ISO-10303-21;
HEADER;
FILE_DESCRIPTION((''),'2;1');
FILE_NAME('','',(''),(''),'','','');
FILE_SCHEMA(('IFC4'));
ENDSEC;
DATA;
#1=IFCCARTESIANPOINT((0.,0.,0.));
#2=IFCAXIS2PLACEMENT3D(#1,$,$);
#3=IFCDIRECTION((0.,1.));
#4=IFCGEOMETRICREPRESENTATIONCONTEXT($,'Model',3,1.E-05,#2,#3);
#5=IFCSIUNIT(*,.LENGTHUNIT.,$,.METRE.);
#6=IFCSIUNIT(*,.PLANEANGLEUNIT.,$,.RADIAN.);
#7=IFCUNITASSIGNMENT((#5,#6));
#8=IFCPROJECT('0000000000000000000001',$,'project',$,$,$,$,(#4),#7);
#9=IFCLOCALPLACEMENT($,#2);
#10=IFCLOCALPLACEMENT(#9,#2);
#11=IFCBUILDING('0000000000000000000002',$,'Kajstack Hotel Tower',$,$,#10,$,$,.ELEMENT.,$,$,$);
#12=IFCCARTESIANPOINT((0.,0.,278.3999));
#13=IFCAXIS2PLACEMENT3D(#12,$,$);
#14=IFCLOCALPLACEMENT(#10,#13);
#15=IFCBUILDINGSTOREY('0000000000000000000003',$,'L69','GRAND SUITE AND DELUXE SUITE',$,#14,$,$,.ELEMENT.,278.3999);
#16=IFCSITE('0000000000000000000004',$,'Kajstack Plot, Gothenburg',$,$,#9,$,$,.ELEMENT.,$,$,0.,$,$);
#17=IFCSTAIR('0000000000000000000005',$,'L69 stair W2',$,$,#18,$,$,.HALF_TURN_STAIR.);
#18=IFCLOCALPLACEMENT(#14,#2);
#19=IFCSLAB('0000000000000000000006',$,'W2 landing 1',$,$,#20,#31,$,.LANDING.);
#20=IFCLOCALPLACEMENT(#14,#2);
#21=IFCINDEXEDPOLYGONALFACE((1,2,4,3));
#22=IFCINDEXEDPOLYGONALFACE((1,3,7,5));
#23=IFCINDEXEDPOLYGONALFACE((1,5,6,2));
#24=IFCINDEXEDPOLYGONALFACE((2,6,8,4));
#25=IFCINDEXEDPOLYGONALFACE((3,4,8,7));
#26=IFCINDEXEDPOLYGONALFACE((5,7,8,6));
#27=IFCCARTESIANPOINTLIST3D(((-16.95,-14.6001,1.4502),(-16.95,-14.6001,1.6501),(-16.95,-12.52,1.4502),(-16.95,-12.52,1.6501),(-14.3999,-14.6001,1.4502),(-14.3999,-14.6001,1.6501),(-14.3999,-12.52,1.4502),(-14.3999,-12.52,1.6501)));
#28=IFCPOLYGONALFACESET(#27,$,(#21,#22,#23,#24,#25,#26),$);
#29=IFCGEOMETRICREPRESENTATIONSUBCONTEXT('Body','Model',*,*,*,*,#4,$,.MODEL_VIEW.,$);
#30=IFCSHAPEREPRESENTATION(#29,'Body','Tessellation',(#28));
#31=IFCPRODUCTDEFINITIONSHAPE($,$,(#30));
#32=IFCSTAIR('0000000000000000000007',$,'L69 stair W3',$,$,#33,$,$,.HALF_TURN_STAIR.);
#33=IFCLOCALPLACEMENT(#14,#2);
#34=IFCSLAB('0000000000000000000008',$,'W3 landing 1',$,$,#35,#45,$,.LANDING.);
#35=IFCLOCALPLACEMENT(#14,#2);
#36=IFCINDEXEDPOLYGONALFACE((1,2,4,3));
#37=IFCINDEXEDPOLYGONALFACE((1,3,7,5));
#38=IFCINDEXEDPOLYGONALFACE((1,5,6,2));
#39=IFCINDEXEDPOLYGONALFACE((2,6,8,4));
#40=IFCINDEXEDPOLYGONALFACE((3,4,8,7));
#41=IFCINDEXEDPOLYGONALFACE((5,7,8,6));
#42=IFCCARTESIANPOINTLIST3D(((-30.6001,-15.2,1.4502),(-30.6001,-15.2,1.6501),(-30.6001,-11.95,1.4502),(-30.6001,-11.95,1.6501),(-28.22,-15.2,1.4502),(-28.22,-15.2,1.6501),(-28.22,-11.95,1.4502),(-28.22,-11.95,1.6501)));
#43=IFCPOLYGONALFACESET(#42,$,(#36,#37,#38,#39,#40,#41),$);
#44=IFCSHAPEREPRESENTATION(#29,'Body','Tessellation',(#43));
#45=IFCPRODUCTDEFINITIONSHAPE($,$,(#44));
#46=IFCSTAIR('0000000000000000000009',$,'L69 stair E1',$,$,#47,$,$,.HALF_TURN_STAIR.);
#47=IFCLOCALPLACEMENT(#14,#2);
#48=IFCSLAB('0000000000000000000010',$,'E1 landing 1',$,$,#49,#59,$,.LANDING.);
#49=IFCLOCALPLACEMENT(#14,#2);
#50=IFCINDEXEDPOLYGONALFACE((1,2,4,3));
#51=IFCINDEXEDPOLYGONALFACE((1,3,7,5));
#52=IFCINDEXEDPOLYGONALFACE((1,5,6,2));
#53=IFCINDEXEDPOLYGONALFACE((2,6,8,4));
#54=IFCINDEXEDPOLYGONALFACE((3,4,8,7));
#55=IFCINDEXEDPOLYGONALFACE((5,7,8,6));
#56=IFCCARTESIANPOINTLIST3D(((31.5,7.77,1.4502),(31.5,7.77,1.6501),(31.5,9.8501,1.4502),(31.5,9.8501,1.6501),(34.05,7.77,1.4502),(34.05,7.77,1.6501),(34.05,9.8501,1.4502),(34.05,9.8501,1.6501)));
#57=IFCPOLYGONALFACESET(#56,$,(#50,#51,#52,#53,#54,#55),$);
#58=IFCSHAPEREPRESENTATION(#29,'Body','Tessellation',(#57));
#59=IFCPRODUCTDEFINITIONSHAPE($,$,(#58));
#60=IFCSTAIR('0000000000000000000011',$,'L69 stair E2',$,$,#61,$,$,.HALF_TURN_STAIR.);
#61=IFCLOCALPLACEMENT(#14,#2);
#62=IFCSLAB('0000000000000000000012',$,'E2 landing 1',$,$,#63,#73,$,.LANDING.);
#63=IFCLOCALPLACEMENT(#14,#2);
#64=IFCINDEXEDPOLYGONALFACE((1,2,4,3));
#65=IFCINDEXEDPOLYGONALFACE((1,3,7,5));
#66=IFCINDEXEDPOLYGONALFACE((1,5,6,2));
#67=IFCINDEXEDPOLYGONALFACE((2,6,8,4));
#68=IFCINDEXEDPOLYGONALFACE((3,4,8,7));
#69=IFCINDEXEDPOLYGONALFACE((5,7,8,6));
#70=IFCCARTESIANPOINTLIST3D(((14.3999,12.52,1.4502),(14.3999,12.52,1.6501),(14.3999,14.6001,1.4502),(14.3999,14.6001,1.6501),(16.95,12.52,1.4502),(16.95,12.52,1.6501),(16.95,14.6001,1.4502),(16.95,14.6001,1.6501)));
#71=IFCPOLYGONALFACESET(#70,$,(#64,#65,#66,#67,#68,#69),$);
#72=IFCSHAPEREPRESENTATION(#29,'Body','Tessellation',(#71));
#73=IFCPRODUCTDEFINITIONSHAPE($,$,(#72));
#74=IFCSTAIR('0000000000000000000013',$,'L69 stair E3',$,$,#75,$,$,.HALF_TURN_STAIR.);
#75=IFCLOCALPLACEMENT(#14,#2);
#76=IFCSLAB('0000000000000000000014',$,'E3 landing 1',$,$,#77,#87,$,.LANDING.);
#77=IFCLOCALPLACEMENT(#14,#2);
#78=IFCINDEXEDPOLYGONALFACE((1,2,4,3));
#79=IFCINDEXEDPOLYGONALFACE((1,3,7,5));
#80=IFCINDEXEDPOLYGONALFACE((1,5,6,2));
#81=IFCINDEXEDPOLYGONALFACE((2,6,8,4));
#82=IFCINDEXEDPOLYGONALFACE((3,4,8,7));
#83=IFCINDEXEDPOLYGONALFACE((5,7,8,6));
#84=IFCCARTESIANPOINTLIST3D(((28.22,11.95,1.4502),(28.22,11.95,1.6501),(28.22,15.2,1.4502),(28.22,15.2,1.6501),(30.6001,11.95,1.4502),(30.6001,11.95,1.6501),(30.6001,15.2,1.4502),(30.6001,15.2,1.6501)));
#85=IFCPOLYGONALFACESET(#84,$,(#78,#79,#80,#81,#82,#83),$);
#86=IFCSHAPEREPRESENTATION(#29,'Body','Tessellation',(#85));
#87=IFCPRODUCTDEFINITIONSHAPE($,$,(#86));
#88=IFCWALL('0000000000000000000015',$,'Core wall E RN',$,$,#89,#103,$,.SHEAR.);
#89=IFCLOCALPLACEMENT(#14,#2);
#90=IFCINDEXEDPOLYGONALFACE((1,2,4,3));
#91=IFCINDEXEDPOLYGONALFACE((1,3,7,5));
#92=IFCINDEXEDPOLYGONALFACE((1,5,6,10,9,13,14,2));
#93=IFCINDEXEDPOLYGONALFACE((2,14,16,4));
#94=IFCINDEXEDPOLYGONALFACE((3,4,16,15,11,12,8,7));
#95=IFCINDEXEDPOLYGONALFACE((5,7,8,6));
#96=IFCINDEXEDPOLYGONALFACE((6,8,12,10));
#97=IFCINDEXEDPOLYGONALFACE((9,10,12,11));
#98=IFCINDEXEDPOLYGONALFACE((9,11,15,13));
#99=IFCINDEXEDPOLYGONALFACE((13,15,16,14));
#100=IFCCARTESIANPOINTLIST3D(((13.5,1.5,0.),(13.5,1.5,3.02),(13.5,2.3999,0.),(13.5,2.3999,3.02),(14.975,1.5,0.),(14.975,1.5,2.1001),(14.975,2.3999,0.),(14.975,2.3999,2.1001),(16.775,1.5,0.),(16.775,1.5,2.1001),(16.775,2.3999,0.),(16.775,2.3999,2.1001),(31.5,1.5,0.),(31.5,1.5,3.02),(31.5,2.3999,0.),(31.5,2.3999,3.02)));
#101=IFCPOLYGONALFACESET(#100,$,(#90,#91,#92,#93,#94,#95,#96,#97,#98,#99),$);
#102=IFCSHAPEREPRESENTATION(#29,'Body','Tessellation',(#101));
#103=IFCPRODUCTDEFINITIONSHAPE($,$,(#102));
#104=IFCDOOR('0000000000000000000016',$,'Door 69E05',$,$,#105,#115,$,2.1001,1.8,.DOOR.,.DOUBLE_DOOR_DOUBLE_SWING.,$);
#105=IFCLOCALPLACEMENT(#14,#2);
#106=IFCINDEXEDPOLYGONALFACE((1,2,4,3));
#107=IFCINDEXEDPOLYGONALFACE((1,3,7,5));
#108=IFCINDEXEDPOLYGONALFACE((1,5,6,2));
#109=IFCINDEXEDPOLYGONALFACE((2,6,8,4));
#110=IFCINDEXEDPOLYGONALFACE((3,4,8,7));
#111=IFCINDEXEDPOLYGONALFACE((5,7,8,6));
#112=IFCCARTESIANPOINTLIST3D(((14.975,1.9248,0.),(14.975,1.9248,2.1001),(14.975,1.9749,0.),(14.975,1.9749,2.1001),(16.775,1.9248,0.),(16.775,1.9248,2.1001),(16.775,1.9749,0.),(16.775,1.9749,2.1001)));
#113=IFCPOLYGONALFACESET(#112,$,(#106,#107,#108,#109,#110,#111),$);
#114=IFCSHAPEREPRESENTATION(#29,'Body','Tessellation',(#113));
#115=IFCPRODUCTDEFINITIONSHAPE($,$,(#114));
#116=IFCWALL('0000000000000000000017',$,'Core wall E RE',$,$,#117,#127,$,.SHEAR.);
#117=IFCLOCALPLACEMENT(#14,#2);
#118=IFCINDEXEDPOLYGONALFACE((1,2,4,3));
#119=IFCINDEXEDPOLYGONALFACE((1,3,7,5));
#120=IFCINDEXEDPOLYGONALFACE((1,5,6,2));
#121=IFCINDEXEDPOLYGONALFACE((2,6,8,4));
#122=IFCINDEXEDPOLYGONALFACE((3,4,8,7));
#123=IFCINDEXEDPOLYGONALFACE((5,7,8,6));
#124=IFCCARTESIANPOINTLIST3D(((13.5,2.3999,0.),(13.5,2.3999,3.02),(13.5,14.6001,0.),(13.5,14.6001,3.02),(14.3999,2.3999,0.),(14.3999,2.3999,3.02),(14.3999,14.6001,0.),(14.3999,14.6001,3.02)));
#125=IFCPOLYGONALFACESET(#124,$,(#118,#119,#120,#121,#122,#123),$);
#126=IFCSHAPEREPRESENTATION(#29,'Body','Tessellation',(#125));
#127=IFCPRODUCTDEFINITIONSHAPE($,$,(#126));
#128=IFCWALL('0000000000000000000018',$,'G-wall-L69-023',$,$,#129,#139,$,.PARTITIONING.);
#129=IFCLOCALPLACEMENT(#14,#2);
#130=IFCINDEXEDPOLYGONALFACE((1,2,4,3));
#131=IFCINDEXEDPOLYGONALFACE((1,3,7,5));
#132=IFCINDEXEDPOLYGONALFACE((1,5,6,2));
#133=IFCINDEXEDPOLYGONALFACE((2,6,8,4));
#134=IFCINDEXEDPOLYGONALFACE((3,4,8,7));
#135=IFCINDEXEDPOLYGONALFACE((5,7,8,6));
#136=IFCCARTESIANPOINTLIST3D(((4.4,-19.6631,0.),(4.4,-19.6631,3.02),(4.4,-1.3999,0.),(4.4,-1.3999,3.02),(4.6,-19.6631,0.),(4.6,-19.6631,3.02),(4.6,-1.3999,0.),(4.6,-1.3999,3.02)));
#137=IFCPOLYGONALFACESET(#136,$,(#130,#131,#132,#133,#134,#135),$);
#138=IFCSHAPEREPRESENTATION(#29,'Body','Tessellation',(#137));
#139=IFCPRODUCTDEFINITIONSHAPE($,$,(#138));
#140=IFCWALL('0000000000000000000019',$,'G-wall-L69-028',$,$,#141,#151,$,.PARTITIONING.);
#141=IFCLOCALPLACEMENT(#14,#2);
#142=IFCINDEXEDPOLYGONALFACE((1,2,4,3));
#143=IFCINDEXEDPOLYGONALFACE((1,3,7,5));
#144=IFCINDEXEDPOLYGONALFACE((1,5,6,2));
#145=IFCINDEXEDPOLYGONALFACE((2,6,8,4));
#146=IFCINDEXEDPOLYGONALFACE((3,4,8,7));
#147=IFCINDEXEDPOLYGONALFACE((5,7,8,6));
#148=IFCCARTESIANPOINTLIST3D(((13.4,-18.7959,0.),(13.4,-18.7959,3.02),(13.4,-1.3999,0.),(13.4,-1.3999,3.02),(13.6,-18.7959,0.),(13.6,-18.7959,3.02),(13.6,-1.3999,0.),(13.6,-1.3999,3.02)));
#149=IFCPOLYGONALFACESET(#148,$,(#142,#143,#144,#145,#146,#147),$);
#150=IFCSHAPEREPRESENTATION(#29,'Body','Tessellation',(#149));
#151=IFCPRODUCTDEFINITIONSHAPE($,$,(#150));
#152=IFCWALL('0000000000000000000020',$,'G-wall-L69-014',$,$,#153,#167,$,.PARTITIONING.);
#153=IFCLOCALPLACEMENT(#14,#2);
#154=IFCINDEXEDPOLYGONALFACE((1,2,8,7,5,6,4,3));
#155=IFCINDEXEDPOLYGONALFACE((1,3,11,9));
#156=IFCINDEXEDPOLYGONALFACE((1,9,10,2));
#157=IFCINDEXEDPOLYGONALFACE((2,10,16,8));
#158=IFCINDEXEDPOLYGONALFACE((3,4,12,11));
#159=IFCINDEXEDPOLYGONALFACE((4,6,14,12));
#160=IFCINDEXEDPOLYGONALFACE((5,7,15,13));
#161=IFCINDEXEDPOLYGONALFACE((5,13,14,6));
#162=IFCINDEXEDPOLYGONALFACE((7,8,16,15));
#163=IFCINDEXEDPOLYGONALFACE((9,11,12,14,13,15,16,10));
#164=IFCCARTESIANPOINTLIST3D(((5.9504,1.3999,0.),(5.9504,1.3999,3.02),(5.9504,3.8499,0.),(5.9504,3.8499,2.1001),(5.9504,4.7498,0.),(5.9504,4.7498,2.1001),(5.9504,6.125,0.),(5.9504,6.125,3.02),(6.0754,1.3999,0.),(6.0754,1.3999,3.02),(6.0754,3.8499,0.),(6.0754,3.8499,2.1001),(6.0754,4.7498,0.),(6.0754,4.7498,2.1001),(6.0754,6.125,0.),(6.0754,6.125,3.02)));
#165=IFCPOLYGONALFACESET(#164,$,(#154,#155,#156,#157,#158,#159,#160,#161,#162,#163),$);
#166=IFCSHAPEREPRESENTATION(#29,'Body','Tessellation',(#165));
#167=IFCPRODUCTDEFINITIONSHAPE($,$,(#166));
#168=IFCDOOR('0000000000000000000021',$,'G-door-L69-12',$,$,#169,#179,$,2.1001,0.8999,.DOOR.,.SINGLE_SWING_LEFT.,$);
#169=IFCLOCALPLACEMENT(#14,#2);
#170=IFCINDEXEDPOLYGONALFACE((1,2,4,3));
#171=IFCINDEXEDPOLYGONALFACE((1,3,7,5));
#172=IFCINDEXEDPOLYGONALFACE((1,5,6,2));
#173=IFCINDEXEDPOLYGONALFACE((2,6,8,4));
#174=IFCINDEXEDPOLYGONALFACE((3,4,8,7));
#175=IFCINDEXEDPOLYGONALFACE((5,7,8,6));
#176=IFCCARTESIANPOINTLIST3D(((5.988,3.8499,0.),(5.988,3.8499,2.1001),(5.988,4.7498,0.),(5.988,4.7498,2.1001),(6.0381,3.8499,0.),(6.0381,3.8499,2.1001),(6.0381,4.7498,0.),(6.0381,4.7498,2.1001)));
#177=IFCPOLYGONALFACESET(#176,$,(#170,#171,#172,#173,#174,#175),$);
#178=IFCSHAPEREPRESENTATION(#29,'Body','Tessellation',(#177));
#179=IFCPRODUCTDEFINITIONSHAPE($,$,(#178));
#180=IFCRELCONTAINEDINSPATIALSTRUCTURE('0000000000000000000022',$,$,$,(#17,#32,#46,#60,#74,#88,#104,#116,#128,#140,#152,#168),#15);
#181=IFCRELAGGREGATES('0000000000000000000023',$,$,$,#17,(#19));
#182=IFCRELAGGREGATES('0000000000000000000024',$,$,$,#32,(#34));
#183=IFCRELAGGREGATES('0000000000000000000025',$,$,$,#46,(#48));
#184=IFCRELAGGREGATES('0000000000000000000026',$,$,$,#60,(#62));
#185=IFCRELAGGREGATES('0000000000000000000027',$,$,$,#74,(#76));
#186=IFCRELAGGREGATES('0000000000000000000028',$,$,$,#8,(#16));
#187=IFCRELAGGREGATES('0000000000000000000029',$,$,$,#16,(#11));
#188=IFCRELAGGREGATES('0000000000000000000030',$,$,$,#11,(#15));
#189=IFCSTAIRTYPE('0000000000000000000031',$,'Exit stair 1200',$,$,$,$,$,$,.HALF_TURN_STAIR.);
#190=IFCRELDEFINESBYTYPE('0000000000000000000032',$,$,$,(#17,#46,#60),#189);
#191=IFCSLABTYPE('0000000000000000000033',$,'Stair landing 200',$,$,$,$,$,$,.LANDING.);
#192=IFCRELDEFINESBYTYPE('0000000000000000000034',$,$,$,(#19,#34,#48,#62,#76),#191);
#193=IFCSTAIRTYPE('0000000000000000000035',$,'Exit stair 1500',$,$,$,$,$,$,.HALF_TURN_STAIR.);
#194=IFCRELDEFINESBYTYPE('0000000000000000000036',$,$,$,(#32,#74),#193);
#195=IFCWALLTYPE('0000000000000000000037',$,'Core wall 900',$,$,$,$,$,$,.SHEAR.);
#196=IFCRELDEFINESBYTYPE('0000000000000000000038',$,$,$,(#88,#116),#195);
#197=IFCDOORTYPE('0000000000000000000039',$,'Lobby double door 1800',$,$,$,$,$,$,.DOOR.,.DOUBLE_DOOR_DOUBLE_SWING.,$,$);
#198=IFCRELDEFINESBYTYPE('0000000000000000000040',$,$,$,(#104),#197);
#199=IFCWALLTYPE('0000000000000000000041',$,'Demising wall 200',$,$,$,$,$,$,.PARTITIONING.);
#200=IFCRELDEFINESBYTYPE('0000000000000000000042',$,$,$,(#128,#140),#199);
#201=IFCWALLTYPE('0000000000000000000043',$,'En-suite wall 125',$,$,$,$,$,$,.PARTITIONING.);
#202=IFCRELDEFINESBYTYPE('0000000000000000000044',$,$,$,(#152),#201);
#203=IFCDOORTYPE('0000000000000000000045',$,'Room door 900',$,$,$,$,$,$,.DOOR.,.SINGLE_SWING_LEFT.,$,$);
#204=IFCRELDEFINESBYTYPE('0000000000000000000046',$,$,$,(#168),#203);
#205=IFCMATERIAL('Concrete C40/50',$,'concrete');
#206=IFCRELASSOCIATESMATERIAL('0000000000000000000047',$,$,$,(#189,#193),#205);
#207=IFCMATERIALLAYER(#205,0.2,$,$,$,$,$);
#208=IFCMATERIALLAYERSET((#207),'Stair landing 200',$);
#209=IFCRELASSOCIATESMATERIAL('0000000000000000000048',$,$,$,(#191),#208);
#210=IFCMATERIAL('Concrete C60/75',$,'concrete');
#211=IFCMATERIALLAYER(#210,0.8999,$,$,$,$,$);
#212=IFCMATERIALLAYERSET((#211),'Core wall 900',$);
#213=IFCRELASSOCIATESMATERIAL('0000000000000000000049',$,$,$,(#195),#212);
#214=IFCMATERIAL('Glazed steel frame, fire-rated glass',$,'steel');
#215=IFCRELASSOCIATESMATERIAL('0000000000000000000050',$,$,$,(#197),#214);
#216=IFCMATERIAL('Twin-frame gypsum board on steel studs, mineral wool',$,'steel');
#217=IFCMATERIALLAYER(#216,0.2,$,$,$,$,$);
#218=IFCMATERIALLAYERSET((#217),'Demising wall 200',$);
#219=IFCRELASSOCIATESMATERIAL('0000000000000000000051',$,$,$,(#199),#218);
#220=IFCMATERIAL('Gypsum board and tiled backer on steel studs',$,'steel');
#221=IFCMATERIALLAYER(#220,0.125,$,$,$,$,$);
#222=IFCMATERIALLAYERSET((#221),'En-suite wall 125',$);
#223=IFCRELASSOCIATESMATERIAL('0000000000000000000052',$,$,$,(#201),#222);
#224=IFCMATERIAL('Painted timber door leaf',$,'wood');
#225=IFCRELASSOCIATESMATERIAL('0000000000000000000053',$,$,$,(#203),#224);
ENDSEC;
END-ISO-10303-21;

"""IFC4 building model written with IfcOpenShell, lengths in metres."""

from ifc_helpers import new_model, si_unit, direction, frame, frame_2d, origin, place, context, subcontext, project, spatial, polyline, rectangle, outline, extrude, material, layer, layer_set, type_object, element, fill, aggregate, save


model = new_model("IFC4")

# Units and contexts
model_context = context("Model", 3, precision=1e-05, world=origin(), true_north=direction((0.0, 1.0)))
body_context = subcontext(model_context, "Body", "Model", "MODEL_VIEW")
ifc_project = project(units=[si_unit("LENGTHUNIT", "METRE"), si_unit("PLANEANGLEUNIT", "RADIAN")], contexts=[model_context])

# Site, building, storey
site_placement = place(None, origin())
site = spatial("IfcSite", under=ifc_project, at=site_placement, Name="Kajstack Plot, Gothenburg", CompositionType="ELEMENT", RefElevation=0.0)
building_placement = place(site_placement, origin())
building = spatial("IfcBuilding", under=site, at=building_placement, Name="Kajstack Hotel Tower", CompositionType="ELEMENT")
storey_placement = place(building_placement, frame((0.0, 0.0, 278.3999)))
storey = spatial("IfcBuildingStorey", under=building, at=storey_placement, Name="L69", Description="GRAND SUITE AND DELUXE SUITE", CompositionType="ELEMENT", Elevation=278.3999)

# Stairs, slabs
ifc_material_1 = material(Name="Concrete C40/50", Category="concrete")
stair_type_1 = type_object("IfcStairType", Name="Exit stair 1200", PredefinedType="HALF_TURN_STAIR", material=ifc_material_1)
stair_1_placement = place(storey_placement, origin())
stair_1 = element("IfcStair", 1, at=stair_1_placement, inside=storey, type_object=stair_type_1, Name="L69 stair W2", PredefinedType="HALF_TURN_STAIR")
ifc_layer_1 = layer(ifc_material_1, 0.2)
ifc_layer_set_1 = layer_set([ifc_layer_1], Name="Stair landing 200")
slab_type = type_object("IfcSlabType", Name="Stair landing 200", PredefinedType="LANDING", material=ifc_layer_set_1)
slab_1_placement = place(storey_placement, frame((0.0, 0.0, 1.4502)))
slab_1 = element("IfcSlab", 2, at=slab_1_placement, type_object=slab_type, Name="W2 landing 1", PredefinedType="LANDING", context=body_context, shape_type="SweptSolid", body=[
    extrude(outline(polyline([(-16.95, -12.52), (-16.95, -14.6001), (-14.3999, -14.6001), (-14.3999, -12.52), (-16.95, -12.52)])), origin(), (0.0, 0.0, 1.0), 0.2),
])
aggregate(stair_1, [slab_1])
stair_type_2 = type_object("IfcStairType", Name="Exit stair 1500", PredefinedType="HALF_TURN_STAIR", material=ifc_material_1)
stair_2_placement = place(storey_placement, origin())
stair_2 = element("IfcStair", 3, at=stair_2_placement, inside=storey, type_object=stair_type_2, Name="L69 stair W3", PredefinedType="HALF_TURN_STAIR")
slab_2_placement = place(storey_placement, frame((0.0, 0.0, 1.4502)))
slab_2 = element("IfcSlab", 4, at=slab_2_placement, type_object=slab_type, Name="W3 landing 1", PredefinedType="LANDING", context=body_context, shape_type="SweptSolid", body=[
    extrude(outline(polyline([(-28.22, -11.95), (-30.6001, -11.95), (-30.6001, -15.2), (-28.22, -15.2), (-28.22, -11.95)])), origin(), (0.0, 0.0, 1.0), 0.2),
])
aggregate(stair_2, [slab_2])
stair_3_placement = place(storey_placement, origin())
stair_3 = element("IfcStair", 5, at=stair_3_placement, inside=storey, type_object=stair_type_1, Name="L69 stair E1", PredefinedType="HALF_TURN_STAIR")
slab_3_placement = place(storey_placement, frame((0.0, 0.0, 1.4502)))
slab_3 = element("IfcSlab", 6, at=slab_3_placement, type_object=slab_type, Name="E1 landing 1", PredefinedType="LANDING", context=body_context, shape_type="SweptSolid", body=[
    extrude(outline(polyline([(34.05, 7.77), (34.05, 9.8501), (31.5, 9.8501), (31.5, 7.77), (34.05, 7.77)])), origin(), (0.0, 0.0, 1.0), 0.2),
])
aggregate(stair_3, [slab_3])
stair_4_placement = place(storey_placement, origin())
stair_4 = element("IfcStair", 7, at=stair_4_placement, inside=storey, type_object=stair_type_1, Name="L69 stair E2", PredefinedType="HALF_TURN_STAIR")
slab_4_placement = place(storey_placement, frame((0.0, 0.0, 1.4502)))
slab_4 = element("IfcSlab", 8, at=slab_4_placement, type_object=slab_type, Name="E2 landing 1", PredefinedType="LANDING", context=body_context, shape_type="SweptSolid", body=[
    extrude(outline(polyline([(16.95, 12.52), (16.95, 14.6001), (14.3999, 14.6001), (14.3999, 12.52), (16.95, 12.52)])), origin(), (0.0, 0.0, 1.0), 0.2),
])
aggregate(stair_4, [slab_4])
stair_5_placement = place(storey_placement, origin())
stair_5 = element("IfcStair", 9, at=stair_5_placement, inside=storey, type_object=stair_type_2, Name="L69 stair E3", PredefinedType="HALF_TURN_STAIR")
slab_5_placement = place(storey_placement, frame((0.0, 0.0, 1.4502)))
slab_5 = element("IfcSlab", 10, at=slab_5_placement, type_object=slab_type, Name="E3 landing 1", PredefinedType="LANDING", context=body_context, shape_type="SweptSolid", body=[
    extrude(outline(polyline([(28.22, 11.95), (30.6001, 11.95), (30.6001, 15.2), (28.22, 15.2), (28.22, 11.95)])), origin(), (0.0, 0.0, 1.0), 0.2),
])
aggregate(stair_5, [slab_5])

# Wall, opening, door
ifc_material_2 = material(Name="Concrete C60/75", Category="concrete")
ifc_layer_2 = layer(ifc_material_2, 0.8999)
ifc_layer_set_2 = layer_set([ifc_layer_2], Name="Core wall 900")
wall_type_1 = type_object("IfcWallType", Name="Core wall 900", PredefinedType="SHEAR", material=ifc_layer_set_2)
wall_1_placement = place(storey_placement, frame((13.5, 1.95, 0.0), z_axis=(0.0, 0.0, 1.0), x_axis=(1.0, 0.0, 0.0)))
wall_1 = element("IfcWall", 11, at=wall_1_placement, inside=storey, type_object=wall_type_1, Name="Core wall E RN", PredefinedType="SHEAR", context=body_context, shape_type="SweptSolid", body=[
    extrude(rectangle(XDim=18.0, YDim=0.8999, at=frame_2d((9.0, 0.0))), origin(), (0.0, 0.0, 1.0), 3.02),
])
opening_1_placement = place(wall_1_placement, frame((1.4751, 0.0, 0.0)))
opening_1 = element("IfcOpeningElement", 12, at=opening_1_placement, cuts=wall_1, PredefinedType="OPENING", context=body_context, shape_type="SweptSolid", body=[
    extrude(rectangle(XDim=1.8, YDim=2.1001, at=frame_2d((0.8999, 1.05))), frame((0.0, 0.46, 0.0), z_axis=(0.0, -1.0, 0.0), x_axis=(1.0, 0.0, 0.0)), (0.0, 0.0, 1.0), 0.9199),
])
ifc_material_3 = material(Name="Glazed steel frame, fire-rated glass", Category="steel")
door_type_1 = type_object("IfcDoorType", Name="Lobby double door 1800", OperationType="DOUBLE_DOOR_DOUBLE_SWING", PredefinedType="DOOR", material=ifc_material_3)
door_1_placement = place(opening_1_placement, origin())
door_1 = element("IfcDoor", 13, at=door_1_placement, inside=storey, type_object=door_type_1, Name="Door 69E05", OperationType="DOUBLE_DOOR_DOUBLE_SWING", OverallHeight=2.1001, OverallWidth=1.8, PredefinedType="DOOR", context=body_context, shape_type="SweptSolid", body=[
    extrude(rectangle(XDim=1.8, YDim=2.1001, at=frame_2d((0.8999, 1.05))), frame((0.0, 0.0249, 0.0), z_axis=(0.0, -1.0, 0.0), x_axis=(1.0, 0.0, 0.0)), (0.0, 0.0, 1.0), 0.05),
])
fill(opening_1, door_1)

# Walls
wall_2_placement = place(storey_placement, frame((13.95, 2.3999, 0.0), z_axis=(0.0, 0.0, 1.0), x_axis=(0.0, 1.0, 0.0)))
element("IfcWall", 14, at=wall_2_placement, inside=storey, type_object=wall_type_1, Name="Core wall E RE", PredefinedType="SHEAR", context=body_context, shape_type="SweptSolid", body=[
    extrude(rectangle(XDim=12.2002, YDim=0.8999, at=frame_2d((6.1001, 0.0))), origin(), (0.0, 0.0, 1.0), 3.02),
])
ifc_material_4 = material(Name="Twin-frame gypsum board on steel studs, mineral wool", Category="steel")
ifc_layer_3 = layer(ifc_material_4, 0.2)
ifc_layer_set_3 = layer_set([ifc_layer_3], Name="Demising wall 200")
wall_type_2 = type_object("IfcWallType", Name="Demising wall 200", PredefinedType="PARTITIONING", material=ifc_layer_set_3)
wall_3_placement = place(storey_placement, frame((4.5, -19.6631, 0.0), z_axis=(0.0, 0.0, 1.0), x_axis=(0.0, 1.0, 0.0)))
element("IfcWall", 15, at=wall_3_placement, inside=storey, type_object=wall_type_2, Name="G-wall-L69-023", PredefinedType="PARTITIONING", context=body_context, shape_type="SweptSolid", body=[
    extrude(rectangle(XDim=18.2632, YDim=0.2, at=frame_2d((9.1316, 0.0))), origin(), (0.0, 0.0, 1.0), 3.02),
])
wall_4_placement = place(storey_placement, frame((13.5, -18.7959, 0.0), z_axis=(0.0, 0.0, 1.0), x_axis=(0.0, 1.0, 0.0)))
element("IfcWall", 16, at=wall_4_placement, inside=storey, type_object=wall_type_2, Name="G-wall-L69-028", PredefinedType="PARTITIONING", context=body_context, shape_type="SweptSolid", body=[
    extrude(rectangle(XDim=17.396, YDim=0.2, at=frame_2d((8.698, 0.0))), origin(), (0.0, 0.0, 1.0), 3.02),
])

# Wall, opening, door
ifc_material_5 = material(Name="Gypsum board and tiled backer on steel studs", Category="steel")
ifc_layer_4 = layer(ifc_material_5, 0.125)
ifc_layer_set_4 = layer_set([ifc_layer_4], Name="En-suite wall 125")
wall_type_3 = type_object("IfcWallType", Name="En-suite wall 125", PredefinedType="PARTITIONING", material=ifc_layer_set_4)
wall_5_placement = place(storey_placement, frame((6.0129, 1.3999, 0.0), z_axis=(0.0, 0.0, 1.0), x_axis=(0.0, 1.0, 0.0)))
wall_5 = element("IfcWall", 17, at=wall_5_placement, inside=storey, type_object=wall_type_3, Name="G-wall-L69-014", PredefinedType="PARTITIONING", context=body_context, shape_type="SweptSolid", body=[
    extrude(rectangle(XDim=4.7251, YDim=0.125, at=frame_2d((2.3625, 0.0))), origin(), (0.0, 0.0, 1.0), 3.02),
])
opening_2_placement = place(wall_5_placement, frame((2.45, 0.0, 0.0)))
opening_2 = element("IfcOpeningElement", 18, at=opening_2_placement, cuts=wall_5, PredefinedType="OPENING", context=body_context, shape_type="SweptSolid", body=[
    extrude(rectangle(XDim=0.8999, YDim=2.1001, at=frame_2d((0.45, 1.05))), frame((0.0, 0.0725, 0.0), z_axis=(0.0, -1.0, 0.0), x_axis=(1.0, 0.0, 0.0)), (0.0, 0.0, 1.0), 0.145),
])
ifc_material_6 = material(Name="Painted timber door leaf", Category="wood")
door_type_2 = type_object("IfcDoorType", Name="Room door 900", OperationType="SINGLE_SWING_LEFT", PredefinedType="DOOR", material=ifc_material_6)
door_2_placement = place(opening_2_placement, origin())
door_2 = element("IfcDoor", 19, at=door_2_placement, inside=storey, type_object=door_type_2, Name="G-door-L69-12", OperationType="SINGLE_SWING_LEFT", OverallHeight=2.1001, OverallWidth=0.8999, PredefinedType="DOOR", context=body_context, shape_type="SweptSolid", body=[
    extrude(rectangle(XDim=0.8999, YDim=2.1001, at=frame_2d((0.45, 1.05))), frame((0.0, 0.0249, 0.0), z_axis=(0.0, -1.0, 0.0), x_axis=(1.0, 0.0, 0.0)), (0.0, 0.0, 1.0), 0.05),
])
fill(opening_2, door_2)

save(model, "model.ifc")
